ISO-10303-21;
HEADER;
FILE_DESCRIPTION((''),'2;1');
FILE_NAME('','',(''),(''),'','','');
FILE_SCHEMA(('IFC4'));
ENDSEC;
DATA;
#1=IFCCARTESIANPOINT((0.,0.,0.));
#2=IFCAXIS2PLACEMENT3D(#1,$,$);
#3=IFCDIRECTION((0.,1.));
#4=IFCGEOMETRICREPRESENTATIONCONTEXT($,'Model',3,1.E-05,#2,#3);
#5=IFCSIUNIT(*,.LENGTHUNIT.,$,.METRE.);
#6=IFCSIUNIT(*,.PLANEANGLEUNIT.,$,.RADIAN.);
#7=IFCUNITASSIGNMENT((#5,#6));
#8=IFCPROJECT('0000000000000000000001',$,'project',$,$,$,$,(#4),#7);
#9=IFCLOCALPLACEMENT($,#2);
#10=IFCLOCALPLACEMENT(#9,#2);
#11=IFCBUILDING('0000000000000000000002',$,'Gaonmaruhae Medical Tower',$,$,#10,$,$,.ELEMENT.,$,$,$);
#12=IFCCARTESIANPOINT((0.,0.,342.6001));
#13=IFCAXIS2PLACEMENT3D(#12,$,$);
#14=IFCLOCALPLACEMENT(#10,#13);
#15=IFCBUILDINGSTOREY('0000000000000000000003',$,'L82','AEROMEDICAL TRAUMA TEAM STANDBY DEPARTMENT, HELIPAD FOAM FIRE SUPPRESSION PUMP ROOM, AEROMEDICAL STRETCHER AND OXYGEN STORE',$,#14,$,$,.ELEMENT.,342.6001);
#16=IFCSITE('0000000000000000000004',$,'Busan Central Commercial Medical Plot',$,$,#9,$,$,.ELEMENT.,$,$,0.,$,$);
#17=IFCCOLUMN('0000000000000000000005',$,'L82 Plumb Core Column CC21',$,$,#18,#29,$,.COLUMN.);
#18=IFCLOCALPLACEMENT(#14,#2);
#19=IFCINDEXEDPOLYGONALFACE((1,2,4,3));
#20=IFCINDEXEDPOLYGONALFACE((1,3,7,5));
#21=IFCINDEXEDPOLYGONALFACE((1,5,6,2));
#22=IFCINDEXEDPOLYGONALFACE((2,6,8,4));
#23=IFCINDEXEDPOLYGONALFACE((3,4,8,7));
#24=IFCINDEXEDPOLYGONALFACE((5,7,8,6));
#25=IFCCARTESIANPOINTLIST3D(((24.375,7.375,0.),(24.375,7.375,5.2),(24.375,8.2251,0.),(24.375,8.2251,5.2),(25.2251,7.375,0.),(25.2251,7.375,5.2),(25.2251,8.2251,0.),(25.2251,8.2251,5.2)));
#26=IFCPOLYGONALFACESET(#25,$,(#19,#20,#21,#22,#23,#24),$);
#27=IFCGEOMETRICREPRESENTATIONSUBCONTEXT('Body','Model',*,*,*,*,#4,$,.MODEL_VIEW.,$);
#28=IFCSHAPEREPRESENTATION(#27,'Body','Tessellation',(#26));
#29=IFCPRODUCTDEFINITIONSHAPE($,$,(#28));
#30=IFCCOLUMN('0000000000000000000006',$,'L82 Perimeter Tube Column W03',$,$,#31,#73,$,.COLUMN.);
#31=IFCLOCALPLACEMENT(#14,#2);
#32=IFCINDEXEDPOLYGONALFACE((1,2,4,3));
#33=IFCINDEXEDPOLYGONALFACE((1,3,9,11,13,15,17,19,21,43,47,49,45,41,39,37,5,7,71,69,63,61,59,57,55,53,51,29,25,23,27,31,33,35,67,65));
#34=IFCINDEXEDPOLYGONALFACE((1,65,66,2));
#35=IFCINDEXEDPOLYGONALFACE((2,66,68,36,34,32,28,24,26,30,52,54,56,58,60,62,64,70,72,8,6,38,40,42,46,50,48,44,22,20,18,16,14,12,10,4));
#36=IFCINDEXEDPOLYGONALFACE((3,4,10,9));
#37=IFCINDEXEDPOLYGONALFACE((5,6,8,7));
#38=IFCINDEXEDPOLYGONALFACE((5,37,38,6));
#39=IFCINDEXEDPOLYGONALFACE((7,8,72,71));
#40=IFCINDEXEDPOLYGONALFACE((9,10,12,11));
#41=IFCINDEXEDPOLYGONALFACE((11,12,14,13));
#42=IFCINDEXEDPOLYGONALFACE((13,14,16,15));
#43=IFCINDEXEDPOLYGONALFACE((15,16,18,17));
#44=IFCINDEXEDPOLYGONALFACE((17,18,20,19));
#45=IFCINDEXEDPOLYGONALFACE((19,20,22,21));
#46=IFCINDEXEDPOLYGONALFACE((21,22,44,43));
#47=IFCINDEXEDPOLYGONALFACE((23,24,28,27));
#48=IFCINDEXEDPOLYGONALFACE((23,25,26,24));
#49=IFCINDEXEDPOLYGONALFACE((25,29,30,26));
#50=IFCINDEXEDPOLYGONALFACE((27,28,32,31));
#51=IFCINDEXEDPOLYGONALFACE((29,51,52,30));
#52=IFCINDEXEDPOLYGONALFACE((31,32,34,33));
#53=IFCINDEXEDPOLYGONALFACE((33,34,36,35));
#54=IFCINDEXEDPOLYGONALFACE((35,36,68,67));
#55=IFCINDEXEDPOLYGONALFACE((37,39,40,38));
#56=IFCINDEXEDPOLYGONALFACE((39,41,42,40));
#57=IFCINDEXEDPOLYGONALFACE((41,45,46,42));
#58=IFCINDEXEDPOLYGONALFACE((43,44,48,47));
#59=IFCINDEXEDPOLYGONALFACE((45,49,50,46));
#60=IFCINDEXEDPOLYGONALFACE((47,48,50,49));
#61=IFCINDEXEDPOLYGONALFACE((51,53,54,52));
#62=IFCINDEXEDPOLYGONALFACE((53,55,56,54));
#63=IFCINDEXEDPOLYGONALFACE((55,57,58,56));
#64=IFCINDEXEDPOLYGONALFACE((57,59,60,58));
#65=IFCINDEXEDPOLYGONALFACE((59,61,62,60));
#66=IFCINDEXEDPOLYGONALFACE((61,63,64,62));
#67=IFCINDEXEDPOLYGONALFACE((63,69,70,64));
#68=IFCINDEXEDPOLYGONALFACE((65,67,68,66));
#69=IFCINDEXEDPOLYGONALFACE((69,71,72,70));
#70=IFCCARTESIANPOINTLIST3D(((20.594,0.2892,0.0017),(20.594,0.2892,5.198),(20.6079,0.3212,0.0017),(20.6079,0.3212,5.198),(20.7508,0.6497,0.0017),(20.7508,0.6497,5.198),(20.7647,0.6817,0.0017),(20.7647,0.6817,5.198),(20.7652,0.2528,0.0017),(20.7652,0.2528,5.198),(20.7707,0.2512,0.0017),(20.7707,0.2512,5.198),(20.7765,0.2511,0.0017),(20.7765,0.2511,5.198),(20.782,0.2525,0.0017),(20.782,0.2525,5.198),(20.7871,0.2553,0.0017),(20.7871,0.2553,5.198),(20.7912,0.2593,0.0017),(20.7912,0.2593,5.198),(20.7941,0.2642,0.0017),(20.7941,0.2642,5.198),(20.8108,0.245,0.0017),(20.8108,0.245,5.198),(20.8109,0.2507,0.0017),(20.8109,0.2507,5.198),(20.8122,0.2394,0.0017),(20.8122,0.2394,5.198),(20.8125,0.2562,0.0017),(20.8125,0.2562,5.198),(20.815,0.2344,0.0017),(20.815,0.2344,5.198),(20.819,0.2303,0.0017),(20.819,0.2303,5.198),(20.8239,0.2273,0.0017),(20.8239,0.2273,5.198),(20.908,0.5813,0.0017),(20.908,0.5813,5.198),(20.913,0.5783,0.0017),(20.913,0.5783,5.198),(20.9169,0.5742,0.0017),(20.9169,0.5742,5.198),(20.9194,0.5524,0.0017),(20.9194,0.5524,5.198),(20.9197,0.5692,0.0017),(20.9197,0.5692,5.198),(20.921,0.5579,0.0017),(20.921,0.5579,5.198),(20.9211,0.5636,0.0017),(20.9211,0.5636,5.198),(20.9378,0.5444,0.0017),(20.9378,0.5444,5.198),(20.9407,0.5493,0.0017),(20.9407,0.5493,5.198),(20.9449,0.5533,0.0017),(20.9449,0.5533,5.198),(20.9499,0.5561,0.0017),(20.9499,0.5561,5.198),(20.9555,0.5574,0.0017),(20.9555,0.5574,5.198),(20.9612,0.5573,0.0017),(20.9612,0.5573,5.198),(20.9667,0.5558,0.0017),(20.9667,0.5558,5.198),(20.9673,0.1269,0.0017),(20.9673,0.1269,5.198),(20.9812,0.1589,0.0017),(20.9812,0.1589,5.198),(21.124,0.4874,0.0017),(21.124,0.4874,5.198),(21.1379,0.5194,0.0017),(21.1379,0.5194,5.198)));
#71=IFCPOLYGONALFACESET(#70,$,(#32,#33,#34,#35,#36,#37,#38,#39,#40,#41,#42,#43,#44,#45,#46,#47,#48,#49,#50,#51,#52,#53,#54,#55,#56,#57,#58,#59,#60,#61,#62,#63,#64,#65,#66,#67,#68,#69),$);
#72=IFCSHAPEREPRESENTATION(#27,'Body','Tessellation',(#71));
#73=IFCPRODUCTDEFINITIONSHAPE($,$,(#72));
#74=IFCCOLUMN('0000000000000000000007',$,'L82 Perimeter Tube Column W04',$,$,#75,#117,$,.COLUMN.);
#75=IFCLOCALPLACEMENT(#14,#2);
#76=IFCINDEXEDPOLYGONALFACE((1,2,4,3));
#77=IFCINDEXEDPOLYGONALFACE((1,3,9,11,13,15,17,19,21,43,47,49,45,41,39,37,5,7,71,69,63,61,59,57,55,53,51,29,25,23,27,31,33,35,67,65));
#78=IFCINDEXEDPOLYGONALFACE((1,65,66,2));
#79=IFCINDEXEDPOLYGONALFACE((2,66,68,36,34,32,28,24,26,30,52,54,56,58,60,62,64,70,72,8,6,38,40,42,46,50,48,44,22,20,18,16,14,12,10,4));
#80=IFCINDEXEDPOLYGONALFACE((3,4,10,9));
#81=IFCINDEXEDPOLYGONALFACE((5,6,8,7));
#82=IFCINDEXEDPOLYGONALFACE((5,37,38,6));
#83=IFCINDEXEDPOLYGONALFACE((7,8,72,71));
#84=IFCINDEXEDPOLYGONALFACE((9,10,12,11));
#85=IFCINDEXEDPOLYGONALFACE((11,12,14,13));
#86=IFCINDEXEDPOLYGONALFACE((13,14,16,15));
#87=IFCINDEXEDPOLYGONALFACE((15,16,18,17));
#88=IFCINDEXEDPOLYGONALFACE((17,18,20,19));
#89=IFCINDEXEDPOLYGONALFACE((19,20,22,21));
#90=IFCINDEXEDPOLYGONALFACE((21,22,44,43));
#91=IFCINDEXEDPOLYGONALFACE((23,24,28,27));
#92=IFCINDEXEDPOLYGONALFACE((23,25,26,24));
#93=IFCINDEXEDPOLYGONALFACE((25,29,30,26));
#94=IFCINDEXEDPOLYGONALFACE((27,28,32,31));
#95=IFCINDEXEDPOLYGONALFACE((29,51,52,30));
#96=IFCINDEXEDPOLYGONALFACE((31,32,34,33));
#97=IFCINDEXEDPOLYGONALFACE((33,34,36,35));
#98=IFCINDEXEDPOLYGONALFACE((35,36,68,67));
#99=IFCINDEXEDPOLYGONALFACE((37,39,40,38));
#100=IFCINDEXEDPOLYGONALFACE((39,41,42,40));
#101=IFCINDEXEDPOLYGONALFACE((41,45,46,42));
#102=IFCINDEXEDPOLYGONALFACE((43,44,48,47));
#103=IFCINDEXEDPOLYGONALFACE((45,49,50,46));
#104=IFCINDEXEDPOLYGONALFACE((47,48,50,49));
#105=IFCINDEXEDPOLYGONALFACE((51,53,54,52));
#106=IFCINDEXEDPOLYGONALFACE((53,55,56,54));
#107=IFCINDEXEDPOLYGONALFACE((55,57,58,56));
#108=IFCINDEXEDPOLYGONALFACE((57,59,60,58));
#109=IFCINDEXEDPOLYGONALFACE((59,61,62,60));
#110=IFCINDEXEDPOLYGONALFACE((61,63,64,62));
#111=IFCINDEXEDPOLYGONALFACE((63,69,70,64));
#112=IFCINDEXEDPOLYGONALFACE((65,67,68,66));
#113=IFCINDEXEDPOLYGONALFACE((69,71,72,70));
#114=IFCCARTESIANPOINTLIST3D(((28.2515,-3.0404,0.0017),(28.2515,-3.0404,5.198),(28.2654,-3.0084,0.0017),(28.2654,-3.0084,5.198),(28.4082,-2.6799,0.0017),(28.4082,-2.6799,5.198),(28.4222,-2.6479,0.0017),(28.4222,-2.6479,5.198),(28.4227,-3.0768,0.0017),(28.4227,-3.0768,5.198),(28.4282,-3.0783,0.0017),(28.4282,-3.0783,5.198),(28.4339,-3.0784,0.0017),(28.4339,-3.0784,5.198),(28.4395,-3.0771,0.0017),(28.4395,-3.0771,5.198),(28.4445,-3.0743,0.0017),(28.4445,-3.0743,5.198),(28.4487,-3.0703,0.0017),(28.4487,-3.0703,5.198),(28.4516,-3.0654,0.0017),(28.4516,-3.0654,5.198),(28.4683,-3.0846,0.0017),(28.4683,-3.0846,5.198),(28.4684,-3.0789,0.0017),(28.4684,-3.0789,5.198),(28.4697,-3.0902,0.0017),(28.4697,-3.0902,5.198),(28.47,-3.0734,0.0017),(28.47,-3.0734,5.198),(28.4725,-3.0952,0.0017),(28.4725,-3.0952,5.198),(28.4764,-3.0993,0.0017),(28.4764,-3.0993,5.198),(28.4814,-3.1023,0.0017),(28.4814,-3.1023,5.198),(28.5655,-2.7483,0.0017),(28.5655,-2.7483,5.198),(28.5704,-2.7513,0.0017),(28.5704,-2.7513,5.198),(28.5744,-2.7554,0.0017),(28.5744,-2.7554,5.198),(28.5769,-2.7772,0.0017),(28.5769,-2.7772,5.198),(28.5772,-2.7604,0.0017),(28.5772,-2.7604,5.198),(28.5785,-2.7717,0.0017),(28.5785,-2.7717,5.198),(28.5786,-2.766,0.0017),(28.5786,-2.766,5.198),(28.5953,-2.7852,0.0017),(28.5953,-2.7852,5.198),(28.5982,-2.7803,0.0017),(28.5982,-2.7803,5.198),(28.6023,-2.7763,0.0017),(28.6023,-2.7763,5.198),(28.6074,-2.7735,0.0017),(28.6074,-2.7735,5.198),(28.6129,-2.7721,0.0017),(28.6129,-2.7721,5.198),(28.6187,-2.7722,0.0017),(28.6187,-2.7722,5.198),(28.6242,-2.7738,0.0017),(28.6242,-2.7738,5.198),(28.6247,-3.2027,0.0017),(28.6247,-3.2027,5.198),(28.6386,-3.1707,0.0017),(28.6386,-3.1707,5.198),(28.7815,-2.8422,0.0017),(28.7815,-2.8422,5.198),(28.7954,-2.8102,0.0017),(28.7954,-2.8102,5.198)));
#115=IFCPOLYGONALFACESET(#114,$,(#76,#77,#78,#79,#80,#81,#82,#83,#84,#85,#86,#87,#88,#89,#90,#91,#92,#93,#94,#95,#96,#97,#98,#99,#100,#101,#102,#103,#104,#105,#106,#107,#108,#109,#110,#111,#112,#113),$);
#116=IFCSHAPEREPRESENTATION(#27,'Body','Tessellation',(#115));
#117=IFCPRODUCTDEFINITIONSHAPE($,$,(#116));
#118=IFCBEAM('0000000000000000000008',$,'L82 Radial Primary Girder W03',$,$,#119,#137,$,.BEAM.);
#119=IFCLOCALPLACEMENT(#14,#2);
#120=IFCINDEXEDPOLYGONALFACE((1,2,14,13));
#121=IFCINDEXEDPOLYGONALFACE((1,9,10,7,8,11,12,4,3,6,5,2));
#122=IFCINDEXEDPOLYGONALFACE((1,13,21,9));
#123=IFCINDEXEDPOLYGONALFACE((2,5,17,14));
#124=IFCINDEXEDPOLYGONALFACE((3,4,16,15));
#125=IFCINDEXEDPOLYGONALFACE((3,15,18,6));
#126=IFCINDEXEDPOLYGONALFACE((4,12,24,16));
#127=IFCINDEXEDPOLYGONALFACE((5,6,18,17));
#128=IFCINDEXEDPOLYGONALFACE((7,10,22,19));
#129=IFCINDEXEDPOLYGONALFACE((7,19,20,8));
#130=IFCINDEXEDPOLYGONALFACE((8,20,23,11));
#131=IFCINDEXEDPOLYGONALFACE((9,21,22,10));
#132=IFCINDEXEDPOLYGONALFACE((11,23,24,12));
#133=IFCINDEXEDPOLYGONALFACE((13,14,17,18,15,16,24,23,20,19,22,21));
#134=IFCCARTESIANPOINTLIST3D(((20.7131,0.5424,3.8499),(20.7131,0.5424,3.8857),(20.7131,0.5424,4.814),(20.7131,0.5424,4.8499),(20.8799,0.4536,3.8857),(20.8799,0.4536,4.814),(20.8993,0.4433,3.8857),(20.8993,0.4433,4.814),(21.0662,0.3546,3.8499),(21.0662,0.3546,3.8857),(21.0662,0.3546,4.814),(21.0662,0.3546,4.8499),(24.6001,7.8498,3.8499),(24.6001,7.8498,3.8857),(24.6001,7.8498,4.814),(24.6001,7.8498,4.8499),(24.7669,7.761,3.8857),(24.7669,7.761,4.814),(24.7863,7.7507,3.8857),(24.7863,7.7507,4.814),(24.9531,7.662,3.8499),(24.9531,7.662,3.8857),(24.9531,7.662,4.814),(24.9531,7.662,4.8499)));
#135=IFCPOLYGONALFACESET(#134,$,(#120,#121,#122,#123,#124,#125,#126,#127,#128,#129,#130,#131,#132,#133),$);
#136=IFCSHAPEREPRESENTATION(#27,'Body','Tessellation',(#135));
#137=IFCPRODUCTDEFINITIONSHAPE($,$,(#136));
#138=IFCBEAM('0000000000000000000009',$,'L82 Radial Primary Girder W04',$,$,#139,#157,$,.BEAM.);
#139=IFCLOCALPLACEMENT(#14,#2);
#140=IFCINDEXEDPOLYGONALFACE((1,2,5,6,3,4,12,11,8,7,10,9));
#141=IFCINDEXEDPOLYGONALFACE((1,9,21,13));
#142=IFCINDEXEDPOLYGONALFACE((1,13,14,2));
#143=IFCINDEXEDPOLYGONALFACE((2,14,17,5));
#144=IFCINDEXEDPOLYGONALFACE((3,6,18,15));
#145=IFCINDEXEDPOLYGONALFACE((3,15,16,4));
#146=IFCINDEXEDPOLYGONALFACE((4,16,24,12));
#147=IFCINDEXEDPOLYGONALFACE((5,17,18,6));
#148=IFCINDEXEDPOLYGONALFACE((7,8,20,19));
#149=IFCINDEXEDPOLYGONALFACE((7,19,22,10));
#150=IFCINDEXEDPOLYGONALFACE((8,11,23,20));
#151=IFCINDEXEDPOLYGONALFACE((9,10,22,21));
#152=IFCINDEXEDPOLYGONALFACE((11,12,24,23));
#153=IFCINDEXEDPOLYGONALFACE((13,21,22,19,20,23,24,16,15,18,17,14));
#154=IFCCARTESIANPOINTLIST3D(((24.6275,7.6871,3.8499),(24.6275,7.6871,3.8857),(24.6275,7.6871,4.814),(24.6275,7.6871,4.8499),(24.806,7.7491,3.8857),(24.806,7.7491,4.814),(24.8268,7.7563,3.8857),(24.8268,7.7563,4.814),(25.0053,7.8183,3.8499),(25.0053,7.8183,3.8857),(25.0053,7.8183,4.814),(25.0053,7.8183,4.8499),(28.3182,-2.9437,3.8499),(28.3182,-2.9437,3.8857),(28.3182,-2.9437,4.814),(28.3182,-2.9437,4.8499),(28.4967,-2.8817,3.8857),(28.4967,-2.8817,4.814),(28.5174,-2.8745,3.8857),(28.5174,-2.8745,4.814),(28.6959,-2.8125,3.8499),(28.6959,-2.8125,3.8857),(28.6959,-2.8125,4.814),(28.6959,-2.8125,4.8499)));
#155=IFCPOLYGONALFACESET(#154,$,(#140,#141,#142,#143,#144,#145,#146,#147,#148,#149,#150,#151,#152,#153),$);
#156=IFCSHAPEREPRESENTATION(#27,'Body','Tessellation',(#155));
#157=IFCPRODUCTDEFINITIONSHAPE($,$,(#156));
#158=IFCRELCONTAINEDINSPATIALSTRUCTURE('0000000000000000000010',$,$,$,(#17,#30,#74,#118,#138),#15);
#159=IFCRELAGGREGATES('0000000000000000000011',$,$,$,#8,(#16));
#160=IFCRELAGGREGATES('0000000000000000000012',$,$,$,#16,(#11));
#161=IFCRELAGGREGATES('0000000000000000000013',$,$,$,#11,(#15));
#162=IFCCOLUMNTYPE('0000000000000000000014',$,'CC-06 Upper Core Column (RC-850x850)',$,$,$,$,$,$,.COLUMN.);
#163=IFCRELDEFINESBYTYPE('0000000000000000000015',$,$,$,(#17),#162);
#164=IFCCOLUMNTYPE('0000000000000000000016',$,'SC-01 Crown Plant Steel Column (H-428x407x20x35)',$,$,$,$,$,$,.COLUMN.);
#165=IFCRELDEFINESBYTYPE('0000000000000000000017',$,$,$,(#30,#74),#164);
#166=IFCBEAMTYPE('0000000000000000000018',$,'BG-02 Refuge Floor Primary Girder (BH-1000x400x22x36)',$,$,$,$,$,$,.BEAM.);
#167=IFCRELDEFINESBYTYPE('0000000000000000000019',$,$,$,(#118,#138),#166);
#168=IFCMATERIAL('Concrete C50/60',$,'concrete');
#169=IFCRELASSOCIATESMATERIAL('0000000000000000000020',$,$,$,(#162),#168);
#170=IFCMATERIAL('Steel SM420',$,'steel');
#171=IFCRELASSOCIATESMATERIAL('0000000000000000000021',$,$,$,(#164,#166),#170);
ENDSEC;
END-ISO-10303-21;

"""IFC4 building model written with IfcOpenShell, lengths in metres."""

from ifc_helpers import new_model, si_unit, direction, frame, origin, origin_2d, place, context, subcontext, project, spatial, rectangle, i_section, extrude, material, material_profile, profile_set, type_object, element, save


model = new_model("IFC4")

# Units and contexts
model_context = context("Model", 3, precision=1e-05, world=origin(), true_north=direction((0.0, 1.0)))
body_context = subcontext(model_context, "Body", "Model", "MODEL_VIEW")
ifc_project = project(units=[si_unit("LENGTHUNIT", "METRE"), si_unit("PLANEANGLEUNIT", "RADIAN")], contexts=[model_context])

# Site, building, storey
site_placement = place(None, origin())
site = spatial("IfcSite", under=ifc_project, at=site_placement, Name="Busan Central Commercial Medical Plot", CompositionType="ELEMENT", RefElevation=0.0)
building_placement = place(site_placement, origin())
building = spatial("IfcBuilding", under=site, at=building_placement, Name="Gaonmaruhae Medical Tower", CompositionType="ELEMENT")
storey_placement = place(building_placement, frame((0.0, 0.0, 342.6001)))
storey = spatial("IfcBuildingStorey", under=building, at=storey_placement, Name="L82", Description="AEROMEDICAL TRAUMA TEAM STANDBY DEPARTMENT, HELIPAD FOAM FIRE SUPPRESSION PUMP ROOM, AEROMEDICAL STRETCHER AND OXYGEN STORE", CompositionType="ELEMENT", Elevation=342.6001)

# Columns
ifc_material_1 = material(Name="Concrete C50/60", Category="concrete")
ifc_material_profile_1 = material_profile(ifc_material_1, rectangle(XDim=0.8501, YDim=0.8501, at=origin_2d()), Name="RC-850x850")
ifc_profile_set_1 = profile_set([ifc_material_profile_1], Name="Concrete C50/60")
column_type_1 = type_object("IfcColumnType", Name="CC-06 Upper Core Column (RC-850x850)", PredefinedType="COLUMN", material=ifc_profile_set_1)
column_placement = place(storey_placement, frame((24.8, 7.8, 0.0), z_axis=(0.0, 0.0, 1.0), x_axis=(1.0, 0.0, 0.0)))
element("IfcColumn", 1, at=column_placement, inside=storey, type_object=column_type_1, Name="L82 Plumb Core Column CC21", PredefinedType="COLUMN", context=body_context, shape_type="SweptSolid", body=[
    extrude(rectangle(XDim=0.8501, YDim=0.8501, at=origin_2d()), origin(), (0.0, 0.0, 1.0), 5.2),
])
ifc_material_2 = material(Name="Steel SM420", Category="steel")
ifc_material_profile_2 = material_profile(ifc_material_2, i_section(OverallWidth=0.407, OverallDepth=0.428, WebThickness=0.02, FlangeThickness=0.0349, FilletRadius=0.022, at=origin_2d()), Name="H-428x407x20x35")
ifc_profile_set_2 = profile_set([ifc_material_profile_2], Name="Steel SM420")
column_type_2 = type_object("IfcColumnType", Name="SC-01 Crown Plant Steel Column (H-428x407x20x35)", PredefinedType="COLUMN", material=ifc_profile_set_2)
for number, where, z_axis, x_axis, name in (
    (2, (20.866, 0.4043, 0.0017), (0.0, 0.0, 1.0), (-0.91706, 0.398749, 0.0), "L82 Perimeter Tube Column W03"),
    (3, (28.5234, -2.9253, 0.0017), (0.0, 0.0, 1.0), (-0.91706, 0.398749, 0.0), "L82 Perimeter Tube Column W04"),
):
    element("IfcColumn", number, at=place(storey_placement, frame(where, z_axis=z_axis, x_axis=x_axis)), inside=storey, type_object=column_type_2, Name=name, PredefinedType="COLUMN", context=body_context, shape_type="SweptSolid", body=[
        extrude(i_section(OverallWidth=0.407, OverallDepth=0.428, WebThickness=0.02, FlangeThickness=0.0349, FilletRadius=0.022, at=origin_2d()), origin(), (0.0, 0.0, 1.0), 5.1963),
    ])

# Beams
ifc_material_profile_3 = material_profile(ifc_material_2, i_section(OverallWidth=0.3999, OverallDepth=1.0, WebThickness=0.022, FlangeThickness=0.0359, at=origin_2d()), Name="BH-1000x400x22x36")
ifc_profile_set_3 = profile_set([ifc_material_profile_3], Name="Steel SM420")
beam_type_1 = type_object("IfcBeamType", Name="BG-02 Refuge Floor Primary Girder (BH-1000x400x22x36)", PredefinedType="BEAM", material=ifc_profile_set_3)
beam_1_placement = place(storey_placement, frame((24.7766, 7.7559, 4.3499), z_axis=(-0.469619, -0.882869, 0.0), x_axis=(0.882869, -0.469619, 0.0)))
element("IfcBeam", 4, at=beam_1_placement, inside=storey, type_object=beam_type_1, Name="L82 Radial Primary Girder W03", PredefinedType="BEAM", context=body_context, shape_type="SweptSolid", body=[
    extrude(i_section(OverallWidth=0.3999, OverallDepth=1.0, WebThickness=0.022, FlangeThickness=0.0359, at=origin_2d()), origin(), (0.0, 0.0, 1.0), 8.2769),
])
beam_2_placement = place(storey_placement, frame((24.8164, 7.7527, 4.3499), z_axis=(0.327964, -0.94469, 0.0), x_axis=(0.94469, 0.327964, 0.0)))
element("IfcBeam", 5, at=beam_2_placement, inside=storey, type_object=beam_type_1, Name="L82 Radial Primary Girder W04", PredefinedType="BEAM", context=body_context, shape_type="SweptSolid", body=[
    extrude(i_section(OverallWidth=0.3999, OverallDepth=1.0, WebThickness=0.022, FlangeThickness=0.0359, at=origin_2d()), origin(), (0.0, 0.0, 1.0), 11.2532),
])

save(model, "model.ifc")
